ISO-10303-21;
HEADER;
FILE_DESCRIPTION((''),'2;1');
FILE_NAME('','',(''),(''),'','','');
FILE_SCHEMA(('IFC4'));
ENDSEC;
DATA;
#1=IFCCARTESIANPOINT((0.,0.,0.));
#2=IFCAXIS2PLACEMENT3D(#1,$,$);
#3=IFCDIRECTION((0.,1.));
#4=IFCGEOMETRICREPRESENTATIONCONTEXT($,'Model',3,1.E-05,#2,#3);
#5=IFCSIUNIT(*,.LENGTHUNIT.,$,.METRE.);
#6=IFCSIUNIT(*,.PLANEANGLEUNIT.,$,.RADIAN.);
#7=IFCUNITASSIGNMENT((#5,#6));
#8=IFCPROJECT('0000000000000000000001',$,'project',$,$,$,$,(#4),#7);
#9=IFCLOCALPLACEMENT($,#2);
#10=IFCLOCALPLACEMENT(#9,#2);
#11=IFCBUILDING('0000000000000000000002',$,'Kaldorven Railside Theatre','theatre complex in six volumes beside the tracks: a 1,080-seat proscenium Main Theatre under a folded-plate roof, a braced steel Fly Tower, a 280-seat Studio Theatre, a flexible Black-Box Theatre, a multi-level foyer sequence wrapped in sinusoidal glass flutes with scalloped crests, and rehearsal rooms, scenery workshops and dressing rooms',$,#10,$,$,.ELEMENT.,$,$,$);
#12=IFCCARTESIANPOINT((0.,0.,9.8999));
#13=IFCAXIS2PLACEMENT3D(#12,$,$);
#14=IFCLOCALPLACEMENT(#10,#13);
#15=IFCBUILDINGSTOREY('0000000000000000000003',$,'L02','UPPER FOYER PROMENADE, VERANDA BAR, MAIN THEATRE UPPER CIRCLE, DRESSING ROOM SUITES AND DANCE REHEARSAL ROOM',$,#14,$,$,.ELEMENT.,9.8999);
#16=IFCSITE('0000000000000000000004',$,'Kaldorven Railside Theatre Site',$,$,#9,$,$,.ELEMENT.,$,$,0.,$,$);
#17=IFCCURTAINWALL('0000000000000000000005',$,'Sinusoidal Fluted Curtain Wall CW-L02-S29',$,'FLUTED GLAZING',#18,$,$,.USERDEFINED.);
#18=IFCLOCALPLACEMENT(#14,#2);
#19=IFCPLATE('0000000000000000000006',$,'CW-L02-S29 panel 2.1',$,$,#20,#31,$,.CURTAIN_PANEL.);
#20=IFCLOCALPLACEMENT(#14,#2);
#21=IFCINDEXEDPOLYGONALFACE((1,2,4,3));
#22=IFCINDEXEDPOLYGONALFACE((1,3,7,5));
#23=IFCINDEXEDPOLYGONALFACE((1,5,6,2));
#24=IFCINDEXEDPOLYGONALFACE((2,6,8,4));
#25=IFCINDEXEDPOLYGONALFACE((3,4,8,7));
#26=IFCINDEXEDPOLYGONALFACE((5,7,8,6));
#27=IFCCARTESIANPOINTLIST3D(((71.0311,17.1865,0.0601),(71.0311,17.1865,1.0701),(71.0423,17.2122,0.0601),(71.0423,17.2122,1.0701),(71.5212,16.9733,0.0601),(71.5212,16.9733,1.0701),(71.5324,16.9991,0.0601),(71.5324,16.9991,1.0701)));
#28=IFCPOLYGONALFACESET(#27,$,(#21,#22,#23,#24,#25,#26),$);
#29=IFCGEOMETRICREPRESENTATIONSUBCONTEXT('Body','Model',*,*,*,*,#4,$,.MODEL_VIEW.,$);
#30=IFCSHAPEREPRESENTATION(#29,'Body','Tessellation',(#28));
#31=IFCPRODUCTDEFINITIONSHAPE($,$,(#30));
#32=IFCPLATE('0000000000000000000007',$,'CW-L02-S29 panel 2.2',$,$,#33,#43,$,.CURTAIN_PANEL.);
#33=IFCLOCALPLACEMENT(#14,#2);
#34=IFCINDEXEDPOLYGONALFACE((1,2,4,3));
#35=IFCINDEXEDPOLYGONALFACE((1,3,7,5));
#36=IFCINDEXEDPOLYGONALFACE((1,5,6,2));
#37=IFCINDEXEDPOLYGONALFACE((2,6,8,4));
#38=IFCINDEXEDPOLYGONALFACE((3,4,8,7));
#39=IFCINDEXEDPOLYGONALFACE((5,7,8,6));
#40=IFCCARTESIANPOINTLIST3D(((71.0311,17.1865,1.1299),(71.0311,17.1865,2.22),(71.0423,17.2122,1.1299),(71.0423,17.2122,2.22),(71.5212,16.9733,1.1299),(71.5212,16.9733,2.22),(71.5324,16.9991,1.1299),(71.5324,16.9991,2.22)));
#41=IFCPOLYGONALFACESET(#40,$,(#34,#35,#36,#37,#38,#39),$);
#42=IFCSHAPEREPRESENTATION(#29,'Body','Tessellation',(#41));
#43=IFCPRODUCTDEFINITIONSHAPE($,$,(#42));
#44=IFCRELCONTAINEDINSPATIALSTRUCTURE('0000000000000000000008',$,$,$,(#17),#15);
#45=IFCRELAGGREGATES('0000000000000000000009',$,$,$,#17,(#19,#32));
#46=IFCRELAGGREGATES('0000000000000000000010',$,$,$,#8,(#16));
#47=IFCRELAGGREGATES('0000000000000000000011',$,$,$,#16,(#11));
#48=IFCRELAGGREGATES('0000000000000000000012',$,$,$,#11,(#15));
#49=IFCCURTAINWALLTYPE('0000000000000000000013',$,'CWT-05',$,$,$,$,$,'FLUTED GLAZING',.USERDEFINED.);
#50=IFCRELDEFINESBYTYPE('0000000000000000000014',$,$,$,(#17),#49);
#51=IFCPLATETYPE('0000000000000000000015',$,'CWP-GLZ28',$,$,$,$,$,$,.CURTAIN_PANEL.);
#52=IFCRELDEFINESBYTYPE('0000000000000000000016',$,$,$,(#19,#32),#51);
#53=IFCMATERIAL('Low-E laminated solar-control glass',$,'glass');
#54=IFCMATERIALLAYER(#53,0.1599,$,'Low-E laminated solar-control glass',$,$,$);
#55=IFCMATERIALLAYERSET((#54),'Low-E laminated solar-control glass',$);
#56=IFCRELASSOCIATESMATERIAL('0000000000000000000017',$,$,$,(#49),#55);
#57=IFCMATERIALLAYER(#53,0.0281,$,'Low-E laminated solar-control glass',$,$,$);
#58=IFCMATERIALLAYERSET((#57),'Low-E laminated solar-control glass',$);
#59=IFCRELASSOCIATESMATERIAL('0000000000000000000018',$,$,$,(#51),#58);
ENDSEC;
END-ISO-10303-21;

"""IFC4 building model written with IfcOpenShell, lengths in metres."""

from ifc_helpers import new_model, si_unit, direction, frame, origin, origin_2d, place, context, subcontext, project, spatial, rectangle, extrude, material, layer, layer_set, type_object, element, aggregate, save


model = new_model("IFC4")

# Units and contexts
model_context = context("Model", 3, precision=1e-05, world=origin(), true_north=direction((0.0, 1.0)))
body_context = subcontext(model_context, "Body", "Model", "MODEL_VIEW")
ifc_project = project(units=[si_unit("LENGTHUNIT", "METRE"), si_unit("PLANEANGLEUNIT", "RADIAN")], contexts=[model_context])

# Site, building, storey
site_placement = place(None, origin())
site = spatial("IfcSite", under=ifc_project, at=site_placement, Name="Kaldorven Railside Theatre Site", CompositionType="ELEMENT", RefElevation=0.0)
building_placement = place(site_placement, origin())
building = spatial("IfcBuilding", under=site, at=building_placement, Name="Kaldorven Railside Theatre", Description="theatre complex in six volumes beside the tracks: a 1,080-seat proscenium Main Theatre under a folded-plate roof, a braced steel Fly Tower, a 280-seat Studio Theatre, a flexible Black-Box Theatre, a multi-level foyer sequence wrapped in sinusoidal glass flutes with scalloped crests, and rehearsal rooms, scenery workshops and dressing rooms", CompositionType="ELEMENT")
storey_placement = place(building_placement, frame((0.0, 0.0, 9.8999)))
storey = spatial("IfcBuildingStorey", under=building, at=storey_placement, Name="L02", Description="UPPER FOYER PROMENADE, VERANDA BAR, MAIN THEATRE UPPER CIRCLE, DRESSING ROOM SUITES AND DANCE REHEARSAL ROOM", CompositionType="ELEMENT", Elevation=9.8999)

# Shared definitions
ifc_material_1 = material(Name="Low-E laminated solar-control glass", Category="glass")

# Curtain wall
ifc_layer_1 = layer(ifc_material_1, 0.1599, Name="Low-E laminated solar-control glass")
ifc_layer_set_1 = layer_set([ifc_layer_1], Name="Low-E laminated solar-control glass")
curtain_wall_type_1 = type_object("IfcCurtainWallType", Name="CWT-05", ElementType="FLUTED GLAZING", PredefinedType="USERDEFINED", material=ifc_layer_set_1)
curtain_wall_1_placement = place(storey_placement, origin())
curtain_wall_1 = element("IfcCurtainWall", 1, at=curtain_wall_1_placement, inside=storey, type_object=curtain_wall_type_1, Name="Sinusoidal Fluted Curtain Wall CW-L02-S29", ObjectType="FLUTED GLAZING", PredefinedType="USERDEFINED")

# Plates
ifc_layer_2 = layer(ifc_material_1, 0.0281, Name="Low-E laminated solar-control glass")
ifc_layer_set_2 = layer_set([ifc_layer_2], Name="Low-E laminated solar-control glass")
plate_type = type_object("IfcPlateType", Name="CWP-GLZ28", PredefinedType="CURTAIN_PANEL", material=ifc_layer_set_2)
plate_1_placement = place(storey_placement, frame((71.2817, 17.0928, 0.0601), z_axis=(0.0, 0.0, 1.0), x_axis=(0.916997, -0.398894, 0.0)))
plate_1 = element("IfcPlate", 2, at=plate_1_placement, type_object=plate_type, Name="CW-L02-S29 panel 2.1", PredefinedType="CURTAIN_PANEL", context=body_context, shape_type="SweptSolid", body=[
    extrude(rectangle(XDim=0.5344, YDim=0.0281, at=origin_2d()), origin(), (0.0, 0.0, 1.0), 1.01),
])
plate_2_placement = place(storey_placement, frame((71.2817, 17.0928, 1.1299), z_axis=(0.0, 0.0, 1.0), x_axis=(0.916997, -0.398894, 0.0)))
plate_2 = element("IfcPlate", 3, at=plate_2_placement, type_object=plate_type, Name="CW-L02-S29 panel 2.2", PredefinedType="CURTAIN_PANEL", context=body_context, shape_type="SweptSolid", body=[
    extrude(rectangle(XDim=0.5344, YDim=0.0281, at=origin_2d()), origin(), (0.0, 0.0, 1.0), 1.0901),
])
aggregate(curtain_wall_1, [plate_1, plate_2])

save(model, "model.ifc")
